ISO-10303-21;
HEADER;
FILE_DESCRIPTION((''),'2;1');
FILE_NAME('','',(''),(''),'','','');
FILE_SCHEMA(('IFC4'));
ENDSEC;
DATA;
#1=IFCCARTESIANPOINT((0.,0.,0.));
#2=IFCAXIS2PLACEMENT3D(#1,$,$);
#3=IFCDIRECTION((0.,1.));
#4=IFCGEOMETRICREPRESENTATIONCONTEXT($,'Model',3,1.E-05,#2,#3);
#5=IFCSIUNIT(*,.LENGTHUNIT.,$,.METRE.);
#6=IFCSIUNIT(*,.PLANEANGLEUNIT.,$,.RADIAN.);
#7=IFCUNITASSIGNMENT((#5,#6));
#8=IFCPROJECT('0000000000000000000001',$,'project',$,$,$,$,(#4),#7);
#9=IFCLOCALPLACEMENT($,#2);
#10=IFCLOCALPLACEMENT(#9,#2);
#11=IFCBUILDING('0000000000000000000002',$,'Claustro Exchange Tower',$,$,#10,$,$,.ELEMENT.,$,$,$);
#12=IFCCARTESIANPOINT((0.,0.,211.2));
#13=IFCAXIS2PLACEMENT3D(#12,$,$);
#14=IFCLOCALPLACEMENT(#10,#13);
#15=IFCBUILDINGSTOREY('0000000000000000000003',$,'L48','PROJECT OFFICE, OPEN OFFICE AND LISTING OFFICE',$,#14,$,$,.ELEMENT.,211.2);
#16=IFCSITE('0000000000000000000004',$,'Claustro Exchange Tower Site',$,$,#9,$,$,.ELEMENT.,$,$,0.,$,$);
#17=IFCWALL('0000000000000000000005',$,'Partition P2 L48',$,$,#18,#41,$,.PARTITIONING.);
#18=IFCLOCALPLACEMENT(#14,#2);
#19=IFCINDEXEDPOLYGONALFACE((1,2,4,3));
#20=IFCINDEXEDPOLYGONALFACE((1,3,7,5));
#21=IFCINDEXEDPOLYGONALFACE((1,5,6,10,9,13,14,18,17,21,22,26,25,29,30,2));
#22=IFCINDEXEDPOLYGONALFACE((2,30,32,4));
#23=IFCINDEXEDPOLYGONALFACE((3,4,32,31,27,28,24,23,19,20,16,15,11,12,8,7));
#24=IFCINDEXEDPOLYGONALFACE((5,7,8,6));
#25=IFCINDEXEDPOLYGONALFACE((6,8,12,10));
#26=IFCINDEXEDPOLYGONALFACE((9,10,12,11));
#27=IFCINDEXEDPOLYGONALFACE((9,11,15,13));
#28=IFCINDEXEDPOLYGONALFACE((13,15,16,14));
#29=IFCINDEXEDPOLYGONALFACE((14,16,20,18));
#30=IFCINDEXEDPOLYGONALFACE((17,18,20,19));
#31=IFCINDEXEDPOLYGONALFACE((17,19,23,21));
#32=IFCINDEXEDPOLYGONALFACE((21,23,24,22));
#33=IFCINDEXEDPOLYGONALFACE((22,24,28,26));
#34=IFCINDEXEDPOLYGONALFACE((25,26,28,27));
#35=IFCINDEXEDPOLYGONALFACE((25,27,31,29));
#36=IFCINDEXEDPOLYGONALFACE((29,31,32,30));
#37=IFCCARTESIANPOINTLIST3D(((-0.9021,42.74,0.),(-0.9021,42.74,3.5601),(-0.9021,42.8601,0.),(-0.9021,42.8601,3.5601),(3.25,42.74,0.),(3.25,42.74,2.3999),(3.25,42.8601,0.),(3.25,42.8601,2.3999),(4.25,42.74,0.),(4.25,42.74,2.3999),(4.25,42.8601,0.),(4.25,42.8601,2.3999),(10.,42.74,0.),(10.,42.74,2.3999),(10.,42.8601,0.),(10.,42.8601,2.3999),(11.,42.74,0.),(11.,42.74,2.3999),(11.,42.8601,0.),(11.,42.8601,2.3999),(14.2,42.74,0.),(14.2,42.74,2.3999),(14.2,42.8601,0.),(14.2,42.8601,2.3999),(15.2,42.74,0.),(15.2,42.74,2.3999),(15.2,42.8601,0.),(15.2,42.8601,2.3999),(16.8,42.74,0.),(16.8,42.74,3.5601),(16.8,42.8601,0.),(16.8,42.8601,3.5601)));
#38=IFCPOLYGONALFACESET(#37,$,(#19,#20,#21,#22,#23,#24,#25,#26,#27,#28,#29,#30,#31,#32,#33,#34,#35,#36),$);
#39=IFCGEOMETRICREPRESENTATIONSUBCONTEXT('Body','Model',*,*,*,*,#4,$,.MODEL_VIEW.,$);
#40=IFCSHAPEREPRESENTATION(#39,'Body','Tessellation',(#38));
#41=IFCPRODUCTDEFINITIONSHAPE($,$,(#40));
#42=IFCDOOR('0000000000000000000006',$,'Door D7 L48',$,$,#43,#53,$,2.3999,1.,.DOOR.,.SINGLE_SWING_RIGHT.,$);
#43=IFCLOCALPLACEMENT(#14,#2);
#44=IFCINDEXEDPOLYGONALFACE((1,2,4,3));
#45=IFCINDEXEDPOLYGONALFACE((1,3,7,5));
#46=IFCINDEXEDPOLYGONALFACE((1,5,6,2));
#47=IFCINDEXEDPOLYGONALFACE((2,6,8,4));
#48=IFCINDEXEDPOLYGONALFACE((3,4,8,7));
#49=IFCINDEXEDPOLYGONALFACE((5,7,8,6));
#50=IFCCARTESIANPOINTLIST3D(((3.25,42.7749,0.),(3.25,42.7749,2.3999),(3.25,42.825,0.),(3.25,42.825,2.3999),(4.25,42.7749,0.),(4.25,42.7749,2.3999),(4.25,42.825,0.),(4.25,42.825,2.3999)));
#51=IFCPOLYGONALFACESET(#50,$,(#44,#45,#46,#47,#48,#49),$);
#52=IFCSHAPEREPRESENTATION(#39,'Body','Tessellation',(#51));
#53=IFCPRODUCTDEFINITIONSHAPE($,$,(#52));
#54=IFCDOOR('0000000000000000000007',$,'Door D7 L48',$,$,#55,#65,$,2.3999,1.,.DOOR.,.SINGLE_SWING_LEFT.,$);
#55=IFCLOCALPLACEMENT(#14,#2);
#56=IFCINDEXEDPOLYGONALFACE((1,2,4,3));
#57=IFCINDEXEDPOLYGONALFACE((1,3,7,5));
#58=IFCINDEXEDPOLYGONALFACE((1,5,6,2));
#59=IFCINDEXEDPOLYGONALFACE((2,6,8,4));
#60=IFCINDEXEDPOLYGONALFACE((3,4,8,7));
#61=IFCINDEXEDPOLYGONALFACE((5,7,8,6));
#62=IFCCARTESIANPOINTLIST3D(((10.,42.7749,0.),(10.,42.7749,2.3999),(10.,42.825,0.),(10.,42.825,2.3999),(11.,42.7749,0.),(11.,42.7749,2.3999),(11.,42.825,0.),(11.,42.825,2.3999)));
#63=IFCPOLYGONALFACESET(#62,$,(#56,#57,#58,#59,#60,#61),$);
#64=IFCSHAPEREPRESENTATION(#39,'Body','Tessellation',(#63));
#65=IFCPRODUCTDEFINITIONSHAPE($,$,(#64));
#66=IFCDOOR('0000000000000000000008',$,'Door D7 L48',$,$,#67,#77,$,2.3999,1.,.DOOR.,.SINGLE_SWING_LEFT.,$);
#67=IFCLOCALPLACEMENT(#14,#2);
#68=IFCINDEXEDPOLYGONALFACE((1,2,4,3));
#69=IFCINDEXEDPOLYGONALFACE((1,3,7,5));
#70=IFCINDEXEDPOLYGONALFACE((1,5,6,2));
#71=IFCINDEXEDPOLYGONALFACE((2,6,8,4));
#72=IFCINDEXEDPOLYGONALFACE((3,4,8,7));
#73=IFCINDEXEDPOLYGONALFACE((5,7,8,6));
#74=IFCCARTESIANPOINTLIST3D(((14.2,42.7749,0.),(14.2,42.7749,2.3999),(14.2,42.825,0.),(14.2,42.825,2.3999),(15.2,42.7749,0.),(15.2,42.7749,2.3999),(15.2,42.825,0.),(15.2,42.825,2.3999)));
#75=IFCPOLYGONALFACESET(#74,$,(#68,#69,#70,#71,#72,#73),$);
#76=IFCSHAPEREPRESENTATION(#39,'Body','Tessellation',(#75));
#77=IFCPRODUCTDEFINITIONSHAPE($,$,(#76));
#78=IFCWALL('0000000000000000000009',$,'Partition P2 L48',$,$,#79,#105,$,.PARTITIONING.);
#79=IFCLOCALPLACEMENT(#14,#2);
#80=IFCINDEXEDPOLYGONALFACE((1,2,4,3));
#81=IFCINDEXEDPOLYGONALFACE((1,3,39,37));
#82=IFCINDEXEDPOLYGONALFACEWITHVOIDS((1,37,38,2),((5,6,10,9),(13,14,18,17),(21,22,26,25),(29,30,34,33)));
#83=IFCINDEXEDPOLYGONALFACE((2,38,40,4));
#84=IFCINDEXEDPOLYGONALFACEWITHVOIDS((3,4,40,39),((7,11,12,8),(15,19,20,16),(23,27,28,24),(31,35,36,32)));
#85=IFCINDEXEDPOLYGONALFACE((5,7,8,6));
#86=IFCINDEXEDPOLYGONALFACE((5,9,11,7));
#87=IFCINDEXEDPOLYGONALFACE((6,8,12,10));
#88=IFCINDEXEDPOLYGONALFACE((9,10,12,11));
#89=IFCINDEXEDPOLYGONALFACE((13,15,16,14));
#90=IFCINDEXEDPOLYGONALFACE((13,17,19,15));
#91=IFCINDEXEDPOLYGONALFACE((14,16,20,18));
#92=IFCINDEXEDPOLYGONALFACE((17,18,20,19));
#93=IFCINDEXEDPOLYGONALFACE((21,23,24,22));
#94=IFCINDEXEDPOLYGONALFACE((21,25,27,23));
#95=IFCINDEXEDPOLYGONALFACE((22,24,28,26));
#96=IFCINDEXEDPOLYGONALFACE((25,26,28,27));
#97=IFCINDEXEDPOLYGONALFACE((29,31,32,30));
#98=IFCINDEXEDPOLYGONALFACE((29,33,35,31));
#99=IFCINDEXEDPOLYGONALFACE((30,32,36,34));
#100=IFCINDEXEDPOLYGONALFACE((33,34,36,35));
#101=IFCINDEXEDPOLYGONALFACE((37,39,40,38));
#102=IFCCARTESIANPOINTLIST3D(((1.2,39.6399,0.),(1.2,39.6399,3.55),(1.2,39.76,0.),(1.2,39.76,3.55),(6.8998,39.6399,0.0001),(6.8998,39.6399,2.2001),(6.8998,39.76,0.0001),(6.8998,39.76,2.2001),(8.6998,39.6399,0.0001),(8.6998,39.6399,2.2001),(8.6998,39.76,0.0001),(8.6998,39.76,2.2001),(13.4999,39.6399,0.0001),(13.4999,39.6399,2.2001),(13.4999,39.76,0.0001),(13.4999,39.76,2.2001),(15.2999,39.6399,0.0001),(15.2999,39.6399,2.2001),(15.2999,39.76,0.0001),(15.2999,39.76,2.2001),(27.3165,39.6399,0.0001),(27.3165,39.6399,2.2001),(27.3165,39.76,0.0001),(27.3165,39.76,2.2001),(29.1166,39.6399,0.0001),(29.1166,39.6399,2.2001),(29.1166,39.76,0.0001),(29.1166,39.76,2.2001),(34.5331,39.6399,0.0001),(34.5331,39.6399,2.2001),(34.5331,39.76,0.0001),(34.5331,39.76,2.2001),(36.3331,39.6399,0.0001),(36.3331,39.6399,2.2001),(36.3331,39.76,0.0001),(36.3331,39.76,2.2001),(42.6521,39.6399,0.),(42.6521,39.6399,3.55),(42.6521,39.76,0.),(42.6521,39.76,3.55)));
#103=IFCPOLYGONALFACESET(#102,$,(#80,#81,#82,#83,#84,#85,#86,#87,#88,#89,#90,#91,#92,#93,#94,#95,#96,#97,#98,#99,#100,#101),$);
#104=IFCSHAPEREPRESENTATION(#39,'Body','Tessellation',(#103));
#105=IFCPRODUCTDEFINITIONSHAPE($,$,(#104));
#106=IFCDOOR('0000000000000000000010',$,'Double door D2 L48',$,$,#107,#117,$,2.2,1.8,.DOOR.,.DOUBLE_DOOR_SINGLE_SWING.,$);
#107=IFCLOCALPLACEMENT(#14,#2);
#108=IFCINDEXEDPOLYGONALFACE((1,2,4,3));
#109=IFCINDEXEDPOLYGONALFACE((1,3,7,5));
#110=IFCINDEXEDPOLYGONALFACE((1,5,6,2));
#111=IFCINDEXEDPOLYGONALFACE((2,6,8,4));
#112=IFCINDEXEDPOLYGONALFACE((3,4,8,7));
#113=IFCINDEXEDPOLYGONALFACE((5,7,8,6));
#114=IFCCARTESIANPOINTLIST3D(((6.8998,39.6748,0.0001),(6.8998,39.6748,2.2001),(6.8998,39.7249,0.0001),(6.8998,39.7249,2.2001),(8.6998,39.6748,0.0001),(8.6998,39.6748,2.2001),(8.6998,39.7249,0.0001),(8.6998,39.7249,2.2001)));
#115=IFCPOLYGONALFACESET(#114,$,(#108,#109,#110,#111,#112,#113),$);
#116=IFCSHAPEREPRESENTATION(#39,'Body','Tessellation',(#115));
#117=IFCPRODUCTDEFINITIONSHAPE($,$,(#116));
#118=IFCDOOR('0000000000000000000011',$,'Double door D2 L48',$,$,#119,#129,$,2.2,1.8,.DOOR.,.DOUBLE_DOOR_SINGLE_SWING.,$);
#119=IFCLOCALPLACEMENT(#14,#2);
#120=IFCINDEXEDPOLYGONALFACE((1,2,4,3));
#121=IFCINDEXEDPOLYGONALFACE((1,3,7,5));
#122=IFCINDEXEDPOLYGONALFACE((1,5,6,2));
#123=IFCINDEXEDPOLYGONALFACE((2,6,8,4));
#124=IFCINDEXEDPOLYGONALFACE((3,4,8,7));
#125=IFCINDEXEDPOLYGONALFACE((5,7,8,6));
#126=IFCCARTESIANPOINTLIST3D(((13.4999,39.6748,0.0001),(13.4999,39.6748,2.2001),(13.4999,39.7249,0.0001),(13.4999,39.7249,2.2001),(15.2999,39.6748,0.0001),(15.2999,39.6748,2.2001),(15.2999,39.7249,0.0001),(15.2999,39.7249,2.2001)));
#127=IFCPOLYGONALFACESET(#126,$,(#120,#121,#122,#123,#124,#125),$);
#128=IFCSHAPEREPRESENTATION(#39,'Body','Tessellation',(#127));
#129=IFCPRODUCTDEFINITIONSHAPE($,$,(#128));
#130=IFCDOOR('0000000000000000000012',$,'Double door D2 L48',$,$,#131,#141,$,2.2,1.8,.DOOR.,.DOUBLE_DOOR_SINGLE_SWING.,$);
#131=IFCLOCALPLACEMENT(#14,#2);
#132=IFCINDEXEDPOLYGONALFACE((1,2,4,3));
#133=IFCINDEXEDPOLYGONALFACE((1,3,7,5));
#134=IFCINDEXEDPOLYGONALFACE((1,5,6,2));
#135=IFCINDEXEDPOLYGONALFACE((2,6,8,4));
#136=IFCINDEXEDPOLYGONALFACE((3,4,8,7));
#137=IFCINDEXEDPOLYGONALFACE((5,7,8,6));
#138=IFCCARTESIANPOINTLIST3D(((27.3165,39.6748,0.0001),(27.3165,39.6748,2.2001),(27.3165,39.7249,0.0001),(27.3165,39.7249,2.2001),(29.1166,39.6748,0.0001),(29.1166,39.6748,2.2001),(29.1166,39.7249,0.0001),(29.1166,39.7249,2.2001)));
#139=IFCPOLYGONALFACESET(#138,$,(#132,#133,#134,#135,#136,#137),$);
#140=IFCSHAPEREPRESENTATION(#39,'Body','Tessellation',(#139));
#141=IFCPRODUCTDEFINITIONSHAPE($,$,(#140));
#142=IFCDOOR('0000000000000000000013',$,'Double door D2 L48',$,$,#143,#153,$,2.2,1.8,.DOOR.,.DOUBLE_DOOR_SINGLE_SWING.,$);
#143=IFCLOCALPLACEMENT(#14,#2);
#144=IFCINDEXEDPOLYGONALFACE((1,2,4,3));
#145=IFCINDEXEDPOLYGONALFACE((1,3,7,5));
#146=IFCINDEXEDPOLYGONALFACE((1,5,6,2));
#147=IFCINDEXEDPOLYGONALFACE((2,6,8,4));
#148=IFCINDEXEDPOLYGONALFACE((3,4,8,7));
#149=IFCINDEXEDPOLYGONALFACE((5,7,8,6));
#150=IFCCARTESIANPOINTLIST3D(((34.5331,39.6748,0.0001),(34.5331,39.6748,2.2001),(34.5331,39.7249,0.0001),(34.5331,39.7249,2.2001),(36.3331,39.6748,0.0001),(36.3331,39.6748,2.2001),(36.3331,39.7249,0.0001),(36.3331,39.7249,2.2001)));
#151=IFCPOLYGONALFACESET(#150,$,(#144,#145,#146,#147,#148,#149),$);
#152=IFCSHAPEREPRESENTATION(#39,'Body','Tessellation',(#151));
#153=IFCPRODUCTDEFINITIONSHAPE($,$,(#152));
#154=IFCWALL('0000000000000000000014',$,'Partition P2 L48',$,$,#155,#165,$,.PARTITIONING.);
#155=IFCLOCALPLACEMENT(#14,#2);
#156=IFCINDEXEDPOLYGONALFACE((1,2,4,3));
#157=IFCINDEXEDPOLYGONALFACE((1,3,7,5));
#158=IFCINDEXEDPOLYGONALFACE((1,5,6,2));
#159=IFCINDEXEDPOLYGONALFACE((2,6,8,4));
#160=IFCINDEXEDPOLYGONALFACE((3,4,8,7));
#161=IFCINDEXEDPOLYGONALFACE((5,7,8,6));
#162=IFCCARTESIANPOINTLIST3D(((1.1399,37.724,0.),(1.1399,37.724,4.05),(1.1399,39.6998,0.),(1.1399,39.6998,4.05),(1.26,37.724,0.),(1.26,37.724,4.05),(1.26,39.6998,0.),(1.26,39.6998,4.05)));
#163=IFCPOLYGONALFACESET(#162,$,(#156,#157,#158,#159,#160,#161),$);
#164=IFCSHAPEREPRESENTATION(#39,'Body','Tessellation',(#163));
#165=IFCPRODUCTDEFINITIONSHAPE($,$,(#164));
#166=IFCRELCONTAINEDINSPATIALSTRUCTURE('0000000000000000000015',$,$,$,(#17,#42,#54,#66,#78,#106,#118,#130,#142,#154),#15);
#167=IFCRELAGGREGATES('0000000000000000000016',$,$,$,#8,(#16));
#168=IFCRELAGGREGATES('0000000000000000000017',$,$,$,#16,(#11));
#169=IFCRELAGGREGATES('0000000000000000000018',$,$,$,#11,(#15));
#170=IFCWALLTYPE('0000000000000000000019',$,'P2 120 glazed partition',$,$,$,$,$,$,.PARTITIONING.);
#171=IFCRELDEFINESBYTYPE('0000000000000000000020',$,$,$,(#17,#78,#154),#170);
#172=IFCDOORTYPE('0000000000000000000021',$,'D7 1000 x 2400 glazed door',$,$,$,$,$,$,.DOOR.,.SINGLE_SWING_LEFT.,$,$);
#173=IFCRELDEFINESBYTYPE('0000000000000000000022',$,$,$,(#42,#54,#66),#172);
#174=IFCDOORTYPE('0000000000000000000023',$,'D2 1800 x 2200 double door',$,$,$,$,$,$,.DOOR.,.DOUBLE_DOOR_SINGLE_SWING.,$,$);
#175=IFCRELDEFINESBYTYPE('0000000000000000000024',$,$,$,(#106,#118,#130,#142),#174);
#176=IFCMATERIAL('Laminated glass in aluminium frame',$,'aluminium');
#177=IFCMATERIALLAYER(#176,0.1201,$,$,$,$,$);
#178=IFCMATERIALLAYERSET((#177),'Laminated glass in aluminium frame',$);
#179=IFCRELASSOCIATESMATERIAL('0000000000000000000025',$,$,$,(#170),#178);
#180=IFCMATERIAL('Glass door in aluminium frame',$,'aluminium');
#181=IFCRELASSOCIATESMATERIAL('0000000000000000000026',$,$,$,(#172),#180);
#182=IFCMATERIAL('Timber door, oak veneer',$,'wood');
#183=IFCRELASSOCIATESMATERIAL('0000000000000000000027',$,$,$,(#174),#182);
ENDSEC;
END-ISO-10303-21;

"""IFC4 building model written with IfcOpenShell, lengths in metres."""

from ifc_helpers import new_model, si_unit, direction, frame, frame_2d, origin, place, context, subcontext, project, spatial, rectangle, extrude, material, layer, layer_set, type_object, element, fill, save


model = new_model("IFC4")

# Units and contexts
model_context = context("Model", 3, precision=1e-05, world=origin(), true_north=direction((0.0, 1.0)))
body_context = subcontext(model_context, "Body", "Model", "MODEL_VIEW")
ifc_project = project(units=[si_unit("LENGTHUNIT", "METRE"), si_unit("PLANEANGLEUNIT", "RADIAN")], contexts=[model_context])

# Site, building, storey
site_placement = place(None, origin())
site = spatial("IfcSite", under=ifc_project, at=site_placement, Name="Claustro Exchange Tower Site", CompositionType="ELEMENT", RefElevation=0.0)
building_placement = place(site_placement, origin())
building = spatial("IfcBuilding", under=site, at=building_placement, Name="Claustro Exchange Tower", CompositionType="ELEMENT")
storey_placement = place(building_placement, frame((0.0, 0.0, 211.2)))
storey = spatial("IfcBuildingStorey", under=building, at=storey_placement, Name="L48", Description="PROJECT OFFICE, OPEN OFFICE AND LISTING OFFICE", CompositionType="ELEMENT", Elevation=211.2)

# Walls, openings, doors
ifc_material_1 = material(Name="Laminated glass in aluminium frame", Category="aluminium")
ifc_layer_1 = layer(ifc_material_1, 0.1201)
ifc_layer_set_1 = layer_set([ifc_layer_1], Name="Laminated glass in aluminium frame")
wall_type_1 = type_object("IfcWallType", Name="P2 120 glazed partition", PredefinedType="PARTITIONING", material=ifc_layer_set_1)
wall_1_placement = place(storey_placement, frame((-0.9021, 42.8, 0.0), z_axis=(0.0, 0.0, 1.0), x_axis=(1.0, 0.0, 0.0)))
wall_1 = element("IfcWall", 1, at=wall_1_placement, inside=storey, type_object=wall_type_1, Name="Partition P2 L48", PredefinedType="PARTITIONING", context=body_context, shape_type="SweptSolid", body=[
    extrude(rectangle(XDim=17.7021, YDim=0.1201, at=frame_2d((8.8511, 0.0))), origin(), (0.0, 0.0, 1.0), 3.5601),
])
opening_1_placement = place(wall_1_placement, frame((4.1521, 0.0, 0.0)))
opening_1 = element("IfcOpeningElement", 2, at=opening_1_placement, cuts=wall_1, PredefinedType="OPENING", context=body_context, shape_type="SweptSolid", body=[
    extrude(rectangle(XDim=1.0, YDim=2.3999, at=frame_2d((0.5, 1.2))), frame((0.0, 0.0701, 0.0), z_axis=(0.0, -1.0, 0.0), x_axis=(1.0, 0.0, 0.0)), (0.0, 0.0, 1.0), 0.1401),
])
opening_2_placement = place(wall_1_placement, frame((10.9021, 0.0, 0.0)))
opening_2 = element("IfcOpeningElement", 3, at=opening_2_placement, cuts=wall_1, PredefinedType="OPENING", context=body_context, shape_type="SweptSolid", body=[
    extrude(rectangle(XDim=1.0, YDim=2.3999, at=frame_2d((0.5, 1.2))), frame((0.0, 0.0701, 0.0), z_axis=(0.0, -1.0, 0.0), x_axis=(1.0, 0.0, 0.0)), (0.0, 0.0, 1.0), 0.1401),
])
opening_3_placement = place(wall_1_placement, frame((15.1021, 0.0, 0.0)))
opening_3 = element("IfcOpeningElement", 4, at=opening_3_placement, cuts=wall_1, PredefinedType="OPENING", context=body_context, shape_type="SweptSolid", body=[
    extrude(rectangle(XDim=1.0, YDim=2.3999, at=frame_2d((0.5, 1.2))), frame((0.0, 0.0701, 0.0), z_axis=(0.0, -1.0, 0.0), x_axis=(1.0, 0.0, 0.0)), (0.0, 0.0, 1.0), 0.1401),
])
ifc_material_2 = material(Name="Glass door in aluminium frame", Category="aluminium")
door_type_1 = type_object("IfcDoorType", Name="D7 1000 x 2400 glazed door", OperationType="SINGLE_SWING_LEFT", PredefinedType="DOOR", material=ifc_material_2)
door_1_placement = place(opening_1_placement, origin())
door_1 = element("IfcDoor", 5, at=door_1_placement, inside=storey, type_object=door_type_1, Name="Door D7 L48", OperationType="SINGLE_SWING_RIGHT", OverallHeight=2.3999, OverallWidth=1.0, PredefinedType="DOOR", context=body_context, shape_type="SweptSolid", body=[
    extrude(rectangle(XDim=1.0, YDim=2.3999, at=frame_2d((0.5, 1.2))), frame((0.0, 0.0249, 0.0), z_axis=(0.0, -1.0, 0.0), x_axis=(1.0, 0.0, 0.0)), (0.0, 0.0, 1.0), 0.05),
])
fill(opening_1, door_1)
door_2_placement = place(opening_2_placement, origin())
door_2 = element("IfcDoor", 6, at=door_2_placement, inside=storey, type_object=door_type_1, Name="Door D7 L48", OperationType="SINGLE_SWING_LEFT", OverallHeight=2.3999, OverallWidth=1.0, PredefinedType="DOOR", context=body_context, shape_type="SweptSolid", body=[
    extrude(rectangle(XDim=1.0, YDim=2.3999, at=frame_2d((0.5, 1.2))), frame((0.0, 0.0249, 0.0), z_axis=(0.0, -1.0, 0.0), x_axis=(1.0, 0.0, 0.0)), (0.0, 0.0, 1.0), 0.05),
])
fill(opening_2, door_2)
door_3_placement = place(opening_3_placement, origin())
door_3 = element("IfcDoor", 7, at=door_3_placement, inside=storey, type_object=door_type_1, Name="Door D7 L48", OperationType="SINGLE_SWING_LEFT", OverallHeight=2.3999, OverallWidth=1.0, PredefinedType="DOOR", context=body_context, shape_type="SweptSolid", body=[
    extrude(rectangle(XDim=1.0, YDim=2.3999, at=frame_2d((0.5, 1.2))), frame((0.0, 0.0249, 0.0), z_axis=(0.0, -1.0, 0.0), x_axis=(1.0, 0.0, 0.0)), (0.0, 0.0, 1.0), 0.05),
])
fill(opening_3, door_3)
wall_2_placement = place(storey_placement, frame((1.2, 39.7, 0.0), z_axis=(0.0, 0.0, 1.0), x_axis=(1.0, 0.0, 0.0)))
wall_2 = element("IfcWall", 8, at=wall_2_placement, inside=storey, type_object=wall_type_1, Name="Partition P2 L48", PredefinedType="PARTITIONING", context=body_context, shape_type="SweptSolid", body=[
    extrude(rectangle(XDim=41.4521, YDim=0.1201, at=frame_2d((20.7261, 0.0))), origin(), (0.0, 0.0, 1.0), 3.55),
])
opening_4_placement = place(wall_2_placement, frame((5.7, 0.0, 0.0)))
opening_4 = element("IfcOpeningElement", 9, at=opening_4_placement, cuts=wall_2, PredefinedType="OPENING", context=body_context, shape_type="SweptSolid", body=[
    extrude(rectangle(XDim=1.8, YDim=2.2, at=frame_2d((0.8999, 1.1001))), frame((0.0, 0.0701, 0.0), z_axis=(0.0, -1.0, 0.0), x_axis=(1.0, 0.0, 0.0)), (0.0, 0.0, 1.0), 0.1401),
])
opening_5_placement = place(wall_2_placement, frame((12.3, 0.0, 0.0)))
opening_5 = element("IfcOpeningElement", 10, at=opening_5_placement, cuts=wall_2, PredefinedType="OPENING", context=body_context, shape_type="SweptSolid", body=[
    extrude(rectangle(XDim=1.8, YDim=2.2, at=frame_2d((0.8999, 1.1001))), frame((0.0, 0.0701, 0.0), z_axis=(0.0, -1.0, 0.0), x_axis=(1.0, 0.0, 0.0)), (0.0, 0.0, 1.0), 0.1401),
])
opening_6_placement = place(wall_2_placement, frame((26.1167, 0.0, 0.0)))
opening_6 = element("IfcOpeningElement", 11, at=opening_6_placement, cuts=wall_2, PredefinedType="OPENING", context=body_context, shape_type="SweptSolid", body=[
    extrude(rectangle(XDim=1.8, YDim=2.2, at=frame_2d((0.8999, 1.1001))), frame((0.0, 0.0701, 0.0), z_axis=(0.0, -1.0, 0.0), x_axis=(1.0, 0.0, 0.0)), (0.0, 0.0, 1.0), 0.1401),
])
opening_7_placement = place(wall_2_placement, frame((33.3333, 0.0, 0.0)))
opening_7 = element("IfcOpeningElement", 12, at=opening_7_placement, cuts=wall_2, PredefinedType="OPENING", context=body_context, shape_type="SweptSolid", body=[
    extrude(rectangle(XDim=1.8, YDim=2.2, at=frame_2d((0.8999, 1.1001))), frame((0.0, 0.0701, 0.0), z_axis=(0.0, -1.0, 0.0), x_axis=(1.0, 0.0, 0.0)), (0.0, 0.0, 1.0), 0.1401),
])
ifc_material_3 = material(Name="Timber door, oak veneer", Category="wood")
door_type_2 = type_object("IfcDoorType", Name="D2 1800 x 2200 double door", OperationType="DOUBLE_DOOR_SINGLE_SWING", PredefinedType="DOOR", material=ifc_material_3)
door_4_placement = place(opening_4_placement, origin())
door_4 = element("IfcDoor", 13, at=door_4_placement, inside=storey, type_object=door_type_2, Name="Double door D2 L48", OperationType="DOUBLE_DOOR_SINGLE_SWING", OverallHeight=2.2, OverallWidth=1.8, PredefinedType="DOOR", context=body_context, shape_type="SweptSolid", body=[
    extrude(rectangle(XDim=1.8, YDim=2.2, at=frame_2d((0.8999, 1.1001))), frame((0.0, 0.0249, 0.0), z_axis=(0.0, -1.0, 0.0), x_axis=(1.0, 0.0, 0.0)), (0.0, 0.0, 1.0), 0.05),
])
fill(opening_4, door_4)
door_5_placement = place(opening_5_placement, origin())
door_5 = element("IfcDoor", 14, at=door_5_placement, inside=storey, type_object=door_type_2, Name="Double door D2 L48", OperationType="DOUBLE_DOOR_SINGLE_SWING", OverallHeight=2.2, OverallWidth=1.8, PredefinedType="DOOR", context=body_context, shape_type="SweptSolid", body=[
    extrude(rectangle(XDim=1.8, YDim=2.2, at=frame_2d((0.8999, 1.1001))), frame((0.0, 0.0249, 0.0), z_axis=(0.0, -1.0, 0.0), x_axis=(1.0, 0.0, 0.0)), (0.0, 0.0, 1.0), 0.05),
])
fill(opening_5, door_5)
door_6_placement = place(opening_6_placement, origin())
door_6 = element("IfcDoor", 15, at=door_6_placement, inside=storey, type_object=door_type_2, Name="Double door D2 L48", OperationType="DOUBLE_DOOR_SINGLE_SWING", OverallHeight=2.2, OverallWidth=1.8, PredefinedType="DOOR", context=body_context, shape_type="SweptSolid", body=[
    extrude(rectangle(XDim=1.8, YDim=2.2, at=frame_2d((0.8999, 1.1001))), frame((0.0, 0.0249, 0.0), z_axis=(0.0, -1.0, 0.0), x_axis=(1.0, 0.0, 0.0)), (0.0, 0.0, 1.0), 0.05),
])
fill(opening_6, door_6)
door_7_placement = place(opening_7_placement, origin())
door_7 = element("IfcDoor", 16, at=door_7_placement, inside=storey, type_object=door_type_2, Name="Double door D2 L48", OperationType="DOUBLE_DOOR_SINGLE_SWING", OverallHeight=2.2, OverallWidth=1.8, PredefinedType="DOOR", context=body_context, shape_type="SweptSolid", body=[
    extrude(rectangle(XDim=1.8, YDim=2.2, at=frame_2d((0.8999, 1.1001))), frame((0.0, 0.0249, 0.0), z_axis=(0.0, -1.0, 0.0), x_axis=(1.0, 0.0, 0.0)), (0.0, 0.0, 1.0), 0.05),
])
fill(opening_7, door_7)

# Wall
wall_3_placement = place(storey_placement, frame((1.2, 37.7241, 0.0), z_axis=(0.0, 0.0, 1.0), x_axis=(0.0, 1.0, 0.0)))
element("IfcWall", 17, at=wall_3_placement, inside=storey, type_object=wall_type_1, Name="Partition P2 L48", PredefinedType="PARTITIONING", context=body_context, shape_type="SweptSolid", body=[
    extrude(rectangle(XDim=1.9758, YDim=0.1201, at=frame_2d((0.9878, 0.0))), origin(), (0.0, 0.0, 1.0), 4.05),
])

save(model, "model.ifc")
